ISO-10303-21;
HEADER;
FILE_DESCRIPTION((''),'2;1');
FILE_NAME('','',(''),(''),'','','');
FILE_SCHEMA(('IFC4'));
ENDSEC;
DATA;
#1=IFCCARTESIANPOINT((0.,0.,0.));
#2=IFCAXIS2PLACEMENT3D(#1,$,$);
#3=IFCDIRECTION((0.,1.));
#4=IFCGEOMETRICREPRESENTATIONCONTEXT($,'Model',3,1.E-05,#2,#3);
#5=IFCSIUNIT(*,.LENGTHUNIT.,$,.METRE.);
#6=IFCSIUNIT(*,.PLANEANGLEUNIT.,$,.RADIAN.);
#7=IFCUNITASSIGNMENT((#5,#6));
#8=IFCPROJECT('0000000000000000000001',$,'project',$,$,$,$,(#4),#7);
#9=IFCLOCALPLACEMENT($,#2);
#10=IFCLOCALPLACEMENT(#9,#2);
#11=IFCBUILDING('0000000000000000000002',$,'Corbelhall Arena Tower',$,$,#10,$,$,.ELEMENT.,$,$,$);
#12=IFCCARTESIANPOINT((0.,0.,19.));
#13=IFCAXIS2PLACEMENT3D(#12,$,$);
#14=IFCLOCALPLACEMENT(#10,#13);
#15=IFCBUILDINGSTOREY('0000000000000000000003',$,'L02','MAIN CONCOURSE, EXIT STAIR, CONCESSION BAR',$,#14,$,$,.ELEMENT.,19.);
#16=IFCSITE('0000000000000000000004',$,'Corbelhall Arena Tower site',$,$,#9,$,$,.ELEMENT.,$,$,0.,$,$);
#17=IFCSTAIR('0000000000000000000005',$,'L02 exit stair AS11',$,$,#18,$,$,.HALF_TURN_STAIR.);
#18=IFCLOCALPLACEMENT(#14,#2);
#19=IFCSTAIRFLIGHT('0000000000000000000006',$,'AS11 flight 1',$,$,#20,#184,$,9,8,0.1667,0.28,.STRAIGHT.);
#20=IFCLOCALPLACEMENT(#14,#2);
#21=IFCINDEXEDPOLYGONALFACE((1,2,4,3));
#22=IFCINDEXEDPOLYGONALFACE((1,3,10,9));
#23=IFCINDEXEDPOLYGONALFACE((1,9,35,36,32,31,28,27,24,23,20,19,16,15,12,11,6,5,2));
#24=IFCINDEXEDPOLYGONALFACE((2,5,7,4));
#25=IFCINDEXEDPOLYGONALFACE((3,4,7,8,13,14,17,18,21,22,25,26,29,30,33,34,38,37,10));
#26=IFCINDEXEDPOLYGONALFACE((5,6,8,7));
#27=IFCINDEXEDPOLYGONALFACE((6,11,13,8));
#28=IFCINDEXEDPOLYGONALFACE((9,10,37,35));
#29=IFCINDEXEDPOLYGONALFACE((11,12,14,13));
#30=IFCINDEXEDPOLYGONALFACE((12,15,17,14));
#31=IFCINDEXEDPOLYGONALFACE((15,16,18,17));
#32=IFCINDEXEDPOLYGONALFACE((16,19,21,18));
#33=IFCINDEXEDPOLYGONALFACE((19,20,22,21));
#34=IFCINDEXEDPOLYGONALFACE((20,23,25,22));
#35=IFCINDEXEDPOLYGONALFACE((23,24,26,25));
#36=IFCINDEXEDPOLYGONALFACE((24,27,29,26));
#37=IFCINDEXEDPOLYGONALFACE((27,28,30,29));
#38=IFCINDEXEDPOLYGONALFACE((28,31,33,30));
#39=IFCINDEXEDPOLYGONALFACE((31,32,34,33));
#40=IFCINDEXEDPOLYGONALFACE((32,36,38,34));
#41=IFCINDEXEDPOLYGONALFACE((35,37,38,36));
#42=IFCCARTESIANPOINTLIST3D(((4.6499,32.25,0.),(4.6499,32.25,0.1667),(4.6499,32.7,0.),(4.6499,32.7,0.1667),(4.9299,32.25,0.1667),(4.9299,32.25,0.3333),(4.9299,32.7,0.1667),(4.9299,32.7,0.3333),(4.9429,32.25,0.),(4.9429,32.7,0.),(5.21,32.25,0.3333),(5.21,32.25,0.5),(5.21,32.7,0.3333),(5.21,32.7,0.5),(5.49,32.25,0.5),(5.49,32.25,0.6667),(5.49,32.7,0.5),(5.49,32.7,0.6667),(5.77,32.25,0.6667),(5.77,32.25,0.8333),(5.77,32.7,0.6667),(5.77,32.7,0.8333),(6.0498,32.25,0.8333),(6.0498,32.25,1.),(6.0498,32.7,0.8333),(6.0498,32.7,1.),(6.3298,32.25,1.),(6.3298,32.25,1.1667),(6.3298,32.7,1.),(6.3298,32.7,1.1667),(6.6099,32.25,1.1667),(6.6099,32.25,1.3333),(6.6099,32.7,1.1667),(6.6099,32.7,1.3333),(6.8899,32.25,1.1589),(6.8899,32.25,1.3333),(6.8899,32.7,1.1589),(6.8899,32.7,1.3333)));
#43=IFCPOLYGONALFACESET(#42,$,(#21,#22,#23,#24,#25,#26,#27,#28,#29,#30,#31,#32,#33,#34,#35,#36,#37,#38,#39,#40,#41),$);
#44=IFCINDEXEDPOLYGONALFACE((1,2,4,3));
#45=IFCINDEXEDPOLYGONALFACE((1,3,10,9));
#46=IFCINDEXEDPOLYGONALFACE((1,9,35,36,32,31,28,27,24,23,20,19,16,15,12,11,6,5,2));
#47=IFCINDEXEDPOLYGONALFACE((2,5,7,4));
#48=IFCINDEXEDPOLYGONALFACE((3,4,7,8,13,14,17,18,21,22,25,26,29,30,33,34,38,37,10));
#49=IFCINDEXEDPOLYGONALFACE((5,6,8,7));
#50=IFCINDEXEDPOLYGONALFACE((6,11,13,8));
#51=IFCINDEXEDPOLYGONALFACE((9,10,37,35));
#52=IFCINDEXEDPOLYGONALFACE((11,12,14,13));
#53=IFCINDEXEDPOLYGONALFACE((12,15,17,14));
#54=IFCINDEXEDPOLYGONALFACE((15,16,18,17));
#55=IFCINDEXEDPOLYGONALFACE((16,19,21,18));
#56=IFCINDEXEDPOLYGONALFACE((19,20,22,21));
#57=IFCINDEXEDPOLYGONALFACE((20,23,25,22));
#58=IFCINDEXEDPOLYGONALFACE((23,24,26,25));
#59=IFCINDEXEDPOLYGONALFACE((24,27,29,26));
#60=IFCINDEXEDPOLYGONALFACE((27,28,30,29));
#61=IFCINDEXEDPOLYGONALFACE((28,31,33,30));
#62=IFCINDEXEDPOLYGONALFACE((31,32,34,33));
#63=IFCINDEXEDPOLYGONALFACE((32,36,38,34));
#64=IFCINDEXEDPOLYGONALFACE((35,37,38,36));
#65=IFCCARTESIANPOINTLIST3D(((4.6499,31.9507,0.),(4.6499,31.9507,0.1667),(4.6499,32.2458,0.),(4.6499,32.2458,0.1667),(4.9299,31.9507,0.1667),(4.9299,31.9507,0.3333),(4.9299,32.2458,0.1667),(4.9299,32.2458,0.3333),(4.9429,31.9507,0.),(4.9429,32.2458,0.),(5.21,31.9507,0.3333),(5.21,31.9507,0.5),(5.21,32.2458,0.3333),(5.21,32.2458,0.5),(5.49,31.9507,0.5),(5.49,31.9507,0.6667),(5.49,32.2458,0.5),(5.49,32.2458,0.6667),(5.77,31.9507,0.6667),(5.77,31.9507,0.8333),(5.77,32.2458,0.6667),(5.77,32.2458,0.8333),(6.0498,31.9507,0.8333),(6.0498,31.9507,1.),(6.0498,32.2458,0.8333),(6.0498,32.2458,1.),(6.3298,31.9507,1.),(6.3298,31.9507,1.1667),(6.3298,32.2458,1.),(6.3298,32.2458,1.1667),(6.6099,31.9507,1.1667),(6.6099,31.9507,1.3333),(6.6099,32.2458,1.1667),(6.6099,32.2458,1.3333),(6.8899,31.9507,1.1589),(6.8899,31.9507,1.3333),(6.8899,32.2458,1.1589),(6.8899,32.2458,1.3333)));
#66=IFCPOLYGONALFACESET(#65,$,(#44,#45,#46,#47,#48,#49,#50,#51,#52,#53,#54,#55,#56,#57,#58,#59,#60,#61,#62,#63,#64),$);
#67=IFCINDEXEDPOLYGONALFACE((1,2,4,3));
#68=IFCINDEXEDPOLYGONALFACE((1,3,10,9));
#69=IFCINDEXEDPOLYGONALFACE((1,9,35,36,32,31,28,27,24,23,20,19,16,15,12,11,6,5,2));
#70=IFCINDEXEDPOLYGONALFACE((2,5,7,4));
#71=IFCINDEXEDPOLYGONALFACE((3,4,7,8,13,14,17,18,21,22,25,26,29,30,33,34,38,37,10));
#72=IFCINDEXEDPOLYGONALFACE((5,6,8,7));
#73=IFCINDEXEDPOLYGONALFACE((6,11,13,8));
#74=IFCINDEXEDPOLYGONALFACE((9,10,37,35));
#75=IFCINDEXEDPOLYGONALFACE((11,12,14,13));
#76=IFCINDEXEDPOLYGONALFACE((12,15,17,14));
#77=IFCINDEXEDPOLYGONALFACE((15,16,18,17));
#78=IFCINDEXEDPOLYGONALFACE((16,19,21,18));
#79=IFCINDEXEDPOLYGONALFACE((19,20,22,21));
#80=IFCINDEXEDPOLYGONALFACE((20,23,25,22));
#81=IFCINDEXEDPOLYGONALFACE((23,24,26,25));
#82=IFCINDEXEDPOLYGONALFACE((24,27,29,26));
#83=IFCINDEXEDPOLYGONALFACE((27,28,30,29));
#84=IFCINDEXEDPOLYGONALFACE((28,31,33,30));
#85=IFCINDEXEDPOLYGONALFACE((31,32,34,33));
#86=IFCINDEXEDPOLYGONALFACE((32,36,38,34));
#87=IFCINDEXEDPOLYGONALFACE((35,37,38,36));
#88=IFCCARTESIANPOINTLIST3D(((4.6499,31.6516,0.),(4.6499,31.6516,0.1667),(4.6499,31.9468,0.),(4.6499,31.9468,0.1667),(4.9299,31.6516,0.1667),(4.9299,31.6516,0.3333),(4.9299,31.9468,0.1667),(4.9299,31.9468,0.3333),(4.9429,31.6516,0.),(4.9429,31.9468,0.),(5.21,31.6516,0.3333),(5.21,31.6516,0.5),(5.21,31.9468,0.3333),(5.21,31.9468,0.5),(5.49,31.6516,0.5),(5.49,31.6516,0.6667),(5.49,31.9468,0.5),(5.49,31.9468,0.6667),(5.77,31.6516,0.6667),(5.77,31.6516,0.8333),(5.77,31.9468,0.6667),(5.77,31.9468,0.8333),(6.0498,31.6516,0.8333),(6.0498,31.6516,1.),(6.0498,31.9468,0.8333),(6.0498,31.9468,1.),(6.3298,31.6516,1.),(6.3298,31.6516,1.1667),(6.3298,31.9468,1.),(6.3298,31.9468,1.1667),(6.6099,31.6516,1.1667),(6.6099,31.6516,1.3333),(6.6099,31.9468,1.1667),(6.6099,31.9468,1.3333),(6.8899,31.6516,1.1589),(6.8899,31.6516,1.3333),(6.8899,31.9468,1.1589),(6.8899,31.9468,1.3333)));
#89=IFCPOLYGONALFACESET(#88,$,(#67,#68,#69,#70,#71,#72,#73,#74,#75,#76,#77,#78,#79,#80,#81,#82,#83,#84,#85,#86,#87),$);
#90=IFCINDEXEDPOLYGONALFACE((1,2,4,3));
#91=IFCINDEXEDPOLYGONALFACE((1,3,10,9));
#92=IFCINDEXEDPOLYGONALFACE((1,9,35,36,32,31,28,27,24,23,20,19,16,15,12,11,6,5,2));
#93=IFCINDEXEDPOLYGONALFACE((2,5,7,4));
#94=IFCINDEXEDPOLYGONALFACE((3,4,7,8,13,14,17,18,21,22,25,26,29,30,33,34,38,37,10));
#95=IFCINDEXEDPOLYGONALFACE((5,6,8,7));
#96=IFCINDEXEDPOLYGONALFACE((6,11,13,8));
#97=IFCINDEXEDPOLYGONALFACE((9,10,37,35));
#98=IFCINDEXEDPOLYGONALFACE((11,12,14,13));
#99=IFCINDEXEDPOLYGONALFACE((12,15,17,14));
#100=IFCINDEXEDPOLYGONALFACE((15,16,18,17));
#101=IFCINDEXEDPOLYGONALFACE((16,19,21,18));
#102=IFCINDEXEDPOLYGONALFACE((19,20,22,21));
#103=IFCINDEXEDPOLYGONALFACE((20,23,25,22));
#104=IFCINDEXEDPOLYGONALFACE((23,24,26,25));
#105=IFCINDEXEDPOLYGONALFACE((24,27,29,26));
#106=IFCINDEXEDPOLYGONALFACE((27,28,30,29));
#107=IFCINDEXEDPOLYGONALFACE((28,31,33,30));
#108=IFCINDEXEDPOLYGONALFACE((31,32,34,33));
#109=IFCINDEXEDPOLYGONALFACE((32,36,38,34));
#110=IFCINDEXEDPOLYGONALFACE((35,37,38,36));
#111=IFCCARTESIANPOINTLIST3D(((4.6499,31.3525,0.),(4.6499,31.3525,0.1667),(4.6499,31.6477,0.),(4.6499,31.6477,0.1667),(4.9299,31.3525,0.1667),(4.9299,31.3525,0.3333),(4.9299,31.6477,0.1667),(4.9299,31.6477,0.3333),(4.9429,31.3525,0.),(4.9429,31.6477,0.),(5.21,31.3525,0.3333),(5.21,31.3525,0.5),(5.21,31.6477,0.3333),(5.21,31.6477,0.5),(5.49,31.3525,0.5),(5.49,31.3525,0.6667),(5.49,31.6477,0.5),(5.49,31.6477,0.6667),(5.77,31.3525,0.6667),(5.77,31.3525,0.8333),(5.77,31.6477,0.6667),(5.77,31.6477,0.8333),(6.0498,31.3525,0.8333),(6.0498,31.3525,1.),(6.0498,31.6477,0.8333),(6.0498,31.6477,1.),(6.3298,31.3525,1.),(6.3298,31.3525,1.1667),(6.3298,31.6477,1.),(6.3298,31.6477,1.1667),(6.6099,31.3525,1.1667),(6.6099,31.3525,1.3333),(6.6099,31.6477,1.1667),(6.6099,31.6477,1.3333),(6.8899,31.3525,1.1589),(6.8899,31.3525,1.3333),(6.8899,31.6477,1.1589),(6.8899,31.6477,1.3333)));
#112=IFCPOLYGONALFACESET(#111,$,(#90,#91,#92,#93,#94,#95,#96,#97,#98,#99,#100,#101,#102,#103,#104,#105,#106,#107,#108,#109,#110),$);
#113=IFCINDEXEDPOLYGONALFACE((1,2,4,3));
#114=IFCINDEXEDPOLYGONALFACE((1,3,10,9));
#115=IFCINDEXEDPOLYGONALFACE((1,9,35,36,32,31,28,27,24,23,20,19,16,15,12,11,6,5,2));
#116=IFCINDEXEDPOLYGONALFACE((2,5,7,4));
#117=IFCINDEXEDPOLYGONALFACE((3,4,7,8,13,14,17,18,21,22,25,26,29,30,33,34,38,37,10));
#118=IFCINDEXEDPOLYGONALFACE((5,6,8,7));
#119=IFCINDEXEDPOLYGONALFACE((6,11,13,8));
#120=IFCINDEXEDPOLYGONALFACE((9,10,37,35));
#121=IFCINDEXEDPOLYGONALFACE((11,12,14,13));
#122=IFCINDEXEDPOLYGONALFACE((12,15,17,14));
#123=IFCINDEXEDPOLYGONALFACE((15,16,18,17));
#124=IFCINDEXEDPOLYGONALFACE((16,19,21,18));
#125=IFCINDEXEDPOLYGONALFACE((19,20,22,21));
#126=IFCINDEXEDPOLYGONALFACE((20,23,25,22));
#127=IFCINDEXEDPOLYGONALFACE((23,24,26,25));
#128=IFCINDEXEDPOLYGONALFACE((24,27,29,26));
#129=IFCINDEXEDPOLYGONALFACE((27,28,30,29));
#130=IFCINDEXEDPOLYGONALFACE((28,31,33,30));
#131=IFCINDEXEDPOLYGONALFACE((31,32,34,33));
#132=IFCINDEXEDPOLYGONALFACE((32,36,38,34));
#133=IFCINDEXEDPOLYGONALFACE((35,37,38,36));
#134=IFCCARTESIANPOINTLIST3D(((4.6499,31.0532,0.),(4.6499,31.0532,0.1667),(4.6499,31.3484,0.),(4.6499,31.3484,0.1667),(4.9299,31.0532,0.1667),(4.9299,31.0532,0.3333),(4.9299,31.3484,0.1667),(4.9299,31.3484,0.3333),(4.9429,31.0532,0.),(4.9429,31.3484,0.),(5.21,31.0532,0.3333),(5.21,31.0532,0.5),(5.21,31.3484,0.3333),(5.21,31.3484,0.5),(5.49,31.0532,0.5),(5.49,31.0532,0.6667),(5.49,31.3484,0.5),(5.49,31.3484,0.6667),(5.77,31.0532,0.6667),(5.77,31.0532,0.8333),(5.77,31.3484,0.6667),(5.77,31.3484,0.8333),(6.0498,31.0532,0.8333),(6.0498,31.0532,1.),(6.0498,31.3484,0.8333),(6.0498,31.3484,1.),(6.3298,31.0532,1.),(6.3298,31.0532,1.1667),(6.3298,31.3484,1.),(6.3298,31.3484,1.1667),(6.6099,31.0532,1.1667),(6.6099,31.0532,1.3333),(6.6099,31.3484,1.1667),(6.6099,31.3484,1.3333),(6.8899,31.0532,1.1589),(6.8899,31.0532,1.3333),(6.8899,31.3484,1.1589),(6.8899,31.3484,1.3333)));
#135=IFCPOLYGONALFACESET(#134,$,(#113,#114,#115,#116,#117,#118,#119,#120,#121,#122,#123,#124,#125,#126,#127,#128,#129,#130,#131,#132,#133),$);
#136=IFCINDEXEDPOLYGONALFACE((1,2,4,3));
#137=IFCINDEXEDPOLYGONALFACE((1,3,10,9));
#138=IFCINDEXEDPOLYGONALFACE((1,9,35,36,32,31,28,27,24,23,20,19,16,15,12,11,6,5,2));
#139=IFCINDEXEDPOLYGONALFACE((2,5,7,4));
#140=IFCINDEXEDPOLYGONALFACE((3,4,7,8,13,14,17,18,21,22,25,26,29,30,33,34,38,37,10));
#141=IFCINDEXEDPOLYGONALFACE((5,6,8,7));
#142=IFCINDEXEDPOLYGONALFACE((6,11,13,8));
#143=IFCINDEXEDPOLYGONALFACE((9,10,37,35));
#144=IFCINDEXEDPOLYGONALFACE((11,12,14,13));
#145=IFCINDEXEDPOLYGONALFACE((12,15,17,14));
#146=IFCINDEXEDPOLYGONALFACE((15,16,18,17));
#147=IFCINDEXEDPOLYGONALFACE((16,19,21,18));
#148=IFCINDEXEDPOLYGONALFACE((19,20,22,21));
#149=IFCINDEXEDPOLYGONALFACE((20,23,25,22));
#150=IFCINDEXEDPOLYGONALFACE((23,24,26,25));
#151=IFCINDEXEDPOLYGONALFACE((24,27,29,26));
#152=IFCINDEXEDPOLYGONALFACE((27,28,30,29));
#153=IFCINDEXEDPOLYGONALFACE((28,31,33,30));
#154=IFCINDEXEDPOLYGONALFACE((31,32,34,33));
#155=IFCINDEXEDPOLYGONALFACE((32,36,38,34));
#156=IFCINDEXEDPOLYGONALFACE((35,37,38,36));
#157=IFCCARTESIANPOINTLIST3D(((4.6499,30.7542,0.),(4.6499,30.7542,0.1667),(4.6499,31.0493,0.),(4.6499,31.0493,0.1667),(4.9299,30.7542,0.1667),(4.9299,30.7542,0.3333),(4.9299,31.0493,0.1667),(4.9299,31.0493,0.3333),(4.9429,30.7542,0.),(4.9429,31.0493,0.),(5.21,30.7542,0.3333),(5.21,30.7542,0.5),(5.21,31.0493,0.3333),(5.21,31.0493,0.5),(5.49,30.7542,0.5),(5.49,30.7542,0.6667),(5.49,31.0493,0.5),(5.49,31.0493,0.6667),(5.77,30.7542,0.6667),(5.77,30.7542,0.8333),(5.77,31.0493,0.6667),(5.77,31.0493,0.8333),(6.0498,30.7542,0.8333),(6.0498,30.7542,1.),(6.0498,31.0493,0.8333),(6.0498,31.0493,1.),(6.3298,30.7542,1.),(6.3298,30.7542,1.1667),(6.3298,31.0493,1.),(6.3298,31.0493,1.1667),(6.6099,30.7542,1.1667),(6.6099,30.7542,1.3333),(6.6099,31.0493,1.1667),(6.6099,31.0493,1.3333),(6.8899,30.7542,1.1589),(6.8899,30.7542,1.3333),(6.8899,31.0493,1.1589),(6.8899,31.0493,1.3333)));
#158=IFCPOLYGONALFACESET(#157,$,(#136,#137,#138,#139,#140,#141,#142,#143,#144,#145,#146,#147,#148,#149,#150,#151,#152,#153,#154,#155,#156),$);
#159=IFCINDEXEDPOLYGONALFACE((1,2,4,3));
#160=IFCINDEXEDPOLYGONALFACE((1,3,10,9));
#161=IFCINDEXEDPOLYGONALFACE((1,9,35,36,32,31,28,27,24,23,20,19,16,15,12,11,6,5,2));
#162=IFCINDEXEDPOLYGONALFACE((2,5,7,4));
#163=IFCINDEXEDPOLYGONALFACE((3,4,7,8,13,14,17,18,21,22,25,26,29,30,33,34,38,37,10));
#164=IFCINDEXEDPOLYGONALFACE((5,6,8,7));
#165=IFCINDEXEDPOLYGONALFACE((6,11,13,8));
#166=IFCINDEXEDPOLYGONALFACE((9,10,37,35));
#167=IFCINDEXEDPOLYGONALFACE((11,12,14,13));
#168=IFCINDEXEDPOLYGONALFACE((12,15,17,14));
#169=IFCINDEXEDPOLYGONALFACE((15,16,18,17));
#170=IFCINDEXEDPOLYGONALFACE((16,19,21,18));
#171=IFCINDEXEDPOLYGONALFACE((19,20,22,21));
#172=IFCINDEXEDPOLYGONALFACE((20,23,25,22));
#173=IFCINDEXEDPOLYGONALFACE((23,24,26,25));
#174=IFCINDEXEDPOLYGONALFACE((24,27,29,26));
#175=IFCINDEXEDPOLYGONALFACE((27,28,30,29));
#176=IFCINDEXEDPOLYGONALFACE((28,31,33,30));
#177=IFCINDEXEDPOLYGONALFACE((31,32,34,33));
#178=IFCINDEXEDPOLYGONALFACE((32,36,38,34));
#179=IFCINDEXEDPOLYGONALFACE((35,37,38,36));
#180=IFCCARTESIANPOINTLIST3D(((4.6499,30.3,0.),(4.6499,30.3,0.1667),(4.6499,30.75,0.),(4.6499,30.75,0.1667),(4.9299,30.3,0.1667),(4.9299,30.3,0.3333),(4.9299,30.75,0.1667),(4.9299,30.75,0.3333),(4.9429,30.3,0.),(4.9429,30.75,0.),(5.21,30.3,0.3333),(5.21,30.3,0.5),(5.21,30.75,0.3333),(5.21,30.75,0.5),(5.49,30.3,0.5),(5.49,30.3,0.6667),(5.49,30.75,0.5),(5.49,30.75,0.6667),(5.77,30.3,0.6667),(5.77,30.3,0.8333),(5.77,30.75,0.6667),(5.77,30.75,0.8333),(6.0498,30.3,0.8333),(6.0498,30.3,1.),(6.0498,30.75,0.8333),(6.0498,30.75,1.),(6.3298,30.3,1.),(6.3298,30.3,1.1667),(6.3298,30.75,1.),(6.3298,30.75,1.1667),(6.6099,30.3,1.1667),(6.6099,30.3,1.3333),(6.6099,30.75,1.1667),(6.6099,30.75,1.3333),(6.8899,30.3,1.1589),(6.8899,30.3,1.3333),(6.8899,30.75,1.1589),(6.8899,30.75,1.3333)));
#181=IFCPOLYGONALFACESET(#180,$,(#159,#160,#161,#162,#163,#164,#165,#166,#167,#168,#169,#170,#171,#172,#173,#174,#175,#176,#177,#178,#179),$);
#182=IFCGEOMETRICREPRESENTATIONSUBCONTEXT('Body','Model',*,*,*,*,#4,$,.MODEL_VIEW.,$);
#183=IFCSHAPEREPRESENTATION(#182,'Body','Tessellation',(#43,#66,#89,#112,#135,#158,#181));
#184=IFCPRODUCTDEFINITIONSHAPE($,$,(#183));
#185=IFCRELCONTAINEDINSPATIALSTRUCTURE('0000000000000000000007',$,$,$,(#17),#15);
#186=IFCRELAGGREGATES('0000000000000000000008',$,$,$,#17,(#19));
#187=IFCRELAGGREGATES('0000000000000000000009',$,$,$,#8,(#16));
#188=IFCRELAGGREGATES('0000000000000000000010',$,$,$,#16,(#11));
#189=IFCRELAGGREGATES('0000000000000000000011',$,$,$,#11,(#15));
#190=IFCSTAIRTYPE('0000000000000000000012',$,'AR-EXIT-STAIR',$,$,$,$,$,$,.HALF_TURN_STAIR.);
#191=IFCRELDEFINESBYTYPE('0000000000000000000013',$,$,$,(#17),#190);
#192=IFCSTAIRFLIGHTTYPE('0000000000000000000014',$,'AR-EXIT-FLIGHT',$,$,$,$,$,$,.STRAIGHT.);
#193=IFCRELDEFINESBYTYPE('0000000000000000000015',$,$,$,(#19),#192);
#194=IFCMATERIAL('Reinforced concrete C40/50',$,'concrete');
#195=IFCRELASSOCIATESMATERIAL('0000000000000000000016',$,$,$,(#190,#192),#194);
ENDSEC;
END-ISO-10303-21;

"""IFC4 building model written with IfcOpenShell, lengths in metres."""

from ifc_helpers import new_model, si_unit, direction, frame, origin, place, context, subcontext, project, spatial, polyline, outline, extrude, material, type_object, element, aggregate, save


model = new_model("IFC4")

# Units and contexts
model_context = context("Model", 3, precision=1e-05, world=origin(), true_north=direction((0.0, 1.0)))
body_context = subcontext(model_context, "Body", "Model", "MODEL_VIEW")
ifc_project = project(units=[si_unit("LENGTHUNIT", "METRE"), si_unit("PLANEANGLEUNIT", "RADIAN")], contexts=[model_context])

# Site, building, storey
site_placement = place(None, origin())
site = spatial("IfcSite", under=ifc_project, at=site_placement, Name="Corbelhall Arena Tower site", CompositionType="ELEMENT", RefElevation=0.0)
building_placement = place(site_placement, origin())
building = spatial("IfcBuilding", under=site, at=building_placement, Name="Corbelhall Arena Tower", CompositionType="ELEMENT")
storey_placement = place(building_placement, frame((0.0, 0.0, 19.0)))
storey = spatial("IfcBuildingStorey", under=building, at=storey_placement, Name="L02", Description="MAIN CONCOURSE, EXIT STAIR, CONCESSION BAR", CompositionType="ELEMENT", Elevation=19.0)

# Shared definitions
ifc_material_1 = material(Name="Reinforced concrete C40/50", Category="concrete")

# Stair, stair flight
stair_type = type_object("IfcStairType", Name="AR-EXIT-STAIR", PredefinedType="HALF_TURN_STAIR", material=ifc_material_1)
stair_1_placement = place(storey_placement, origin())
stair_1 = element("IfcStair", 1, at=stair_1_placement, inside=storey, type_object=stair_type, Name="L02 exit stair AS11", PredefinedType="HALF_TURN_STAIR")
stair_flight_type = type_object("IfcStairFlightType", Name="AR-EXIT-FLIGHT", PredefinedType="STRAIGHT", material=ifc_material_1)
stair_flight_1_placement = place(storey_placement, frame((4.6499, 31.5, 0.0), z_axis=(0.0, 0.0, 1.0), x_axis=(1.0, 0.0, 0.0)))
stair_flight_1 = element("IfcStairFlight", 2, at=stair_flight_1_placement, type_object=stair_flight_type, Name="AS11 flight 1", NumberOfRisers=9, NumberOfTreads=8, PredefinedType="STRAIGHT", RiserHeight=0.1667, TreadLength=0.28, context=body_context, shape_type="SweptSolid", body=[
    extrude(outline(polyline([(0.0, 0.0), (0.0, 0.1667), (0.28, 0.1667), (0.28, 0.3333), (0.5601, 0.3333), (0.5601, 0.5), (0.8401, 0.5), (0.8401, 0.6667), (1.1201, 0.6667), (1.1201, 0.8333), (1.3999, 0.8333), (1.3999, 1.0), (1.6799, 1.0), (1.6799, 1.1667), (1.96, 1.1667), (1.96, 1.3333), (2.24, 1.3333), (2.24, 1.5), (2.24, 1.1589), (0.293, 0.0), (0.0, 0.0)])), frame((0.0, 1.2, 0.0), z_axis=(0.0, -1.0, 0.0), x_axis=(1.0, 0.0, 0.0)), (0.0, 0.0, 1.0), 0.45),
    extrude(outline(polyline([(0.0, 0.0), (0.0, 0.1667), (0.28, 0.1667), (0.28, 0.3333), (0.5601, 0.3333), (0.5601, 0.5), (0.8401, 0.5), (0.8401, 0.6667), (1.1201, 0.6667), (1.1201, 0.8333), (1.3999, 0.8333), (1.3999, 1.0), (1.6799, 1.0), (1.6799, 1.1667), (1.96, 1.1667), (1.96, 1.3333), (2.24, 1.3333), (2.24, 1.5), (2.24, 1.1589), (0.293, 0.0), (0.0, 0.0)])), frame((0.0, 0.7458, 0.0), z_axis=(0.0, -1.0, 0.0), x_axis=(1.0, 0.0, 0.0)), (0.0, 0.0, 1.0), 0.2952),
    extrude(outline(polyline([(0.0, 0.0), (0.0, 0.1667), (0.28, 0.1667), (0.28, 0.3333), (0.5601, 0.3333), (0.5601, 0.5), (0.8401, 0.5), (0.8401, 0.6667), (1.1201, 0.6667), (1.1201, 0.8333), (1.3999, 0.8333), (1.3999, 1.0), (1.6799, 1.0), (1.6799, 1.1667), (1.96, 1.1667), (1.96, 1.3333), (2.24, 1.3333), (2.24, 1.5), (2.24, 1.1589), (0.293, 0.0), (0.0, 0.0)])), frame((0.0, 0.4468, 0.0), z_axis=(0.0, -1.0, 0.0), x_axis=(1.0, 0.0, 0.0)), (0.0, 0.0, 1.0), 0.2952),
    extrude(outline(polyline([(0.0, 0.0), (0.0, 0.1667), (0.28, 0.1667), (0.28, 0.3333), (0.5601, 0.3333), (0.5601, 0.5), (0.8401, 0.5), (0.8401, 0.6667), (1.1201, 0.6667), (1.1201, 0.8333), (1.3999, 0.8333), (1.3999, 1.0), (1.6799, 1.0), (1.6799, 1.1667), (1.96, 1.1667), (1.96, 1.3333), (2.24, 1.3333), (2.24, 1.5), (2.24, 1.1589), (0.293, 0.0), (0.0, 0.0)])), frame((0.0, 0.1477, 0.0), z_axis=(0.0, -1.0, 0.0), x_axis=(1.0, 0.0, 0.0)), (0.0, 0.0, 1.0), 0.2952),
    extrude(outline(polyline([(0.0, 0.0), (0.0, 0.1667), (0.28, 0.1667), (0.28, 0.3333), (0.5601, 0.3333), (0.5601, 0.5), (0.8401, 0.5), (0.8401, 0.6667), (1.1201, 0.6667), (1.1201, 0.8333), (1.3999, 0.8333), (1.3999, 1.0), (1.6799, 1.0), (1.6799, 1.1667), (1.96, 1.1667), (1.96, 1.3333), (2.24, 1.3333), (2.24, 1.5), (2.24, 1.1589), (0.293, 0.0), (0.0, 0.0)])), frame((0.0, -0.1516, 0.0), z_axis=(0.0, -1.0, 0.0), x_axis=(1.0, 0.0, 0.0)), (0.0, 0.0, 1.0), 0.2952),
    extrude(outline(polyline([(0.0, 0.0), (0.0, 0.1667), (0.28, 0.1667), (0.28, 0.3333), (0.5601, 0.3333), (0.5601, 0.5), (0.8401, 0.5), (0.8401, 0.6667), (1.1201, 0.6667), (1.1201, 0.8333), (1.3999, 0.8333), (1.3999, 1.0), (1.6799, 1.0), (1.6799, 1.1667), (1.96, 1.1667), (1.96, 1.3333), (2.24, 1.3333), (2.24, 1.5), (2.24, 1.1589), (0.293, 0.0), (0.0, 0.0)])), frame((0.0, -0.4507, 0.0), z_axis=(0.0, -1.0, 0.0), x_axis=(1.0, 0.0, 0.0)), (0.0, 0.0, 1.0), 0.2952),
    extrude(outline(polyline([(0.0, 0.0), (0.0, 0.1667), (0.28, 0.1667), (0.28, 0.3333), (0.5601, 0.3333), (0.5601, 0.5), (0.8401, 0.5), (0.8401, 0.6667), (1.1201, 0.6667), (1.1201, 0.8333), (1.3999, 0.8333), (1.3999, 1.0), (1.6799, 1.0), (1.6799, 1.1667), (1.96, 1.1667), (1.96, 1.3333), (2.24, 1.3333), (2.24, 1.5), (2.24, 1.1589), (0.293, 0.0), (0.0, 0.0)])), frame((0.0, -0.75, 0.0), z_axis=(0.0, -1.0, 0.0), x_axis=(1.0, 0.0, 0.0)), (0.0, 0.0, 1.0), 0.45),
])
aggregate(stair_1, [stair_flight_1])

save(model, "model.ifc")
